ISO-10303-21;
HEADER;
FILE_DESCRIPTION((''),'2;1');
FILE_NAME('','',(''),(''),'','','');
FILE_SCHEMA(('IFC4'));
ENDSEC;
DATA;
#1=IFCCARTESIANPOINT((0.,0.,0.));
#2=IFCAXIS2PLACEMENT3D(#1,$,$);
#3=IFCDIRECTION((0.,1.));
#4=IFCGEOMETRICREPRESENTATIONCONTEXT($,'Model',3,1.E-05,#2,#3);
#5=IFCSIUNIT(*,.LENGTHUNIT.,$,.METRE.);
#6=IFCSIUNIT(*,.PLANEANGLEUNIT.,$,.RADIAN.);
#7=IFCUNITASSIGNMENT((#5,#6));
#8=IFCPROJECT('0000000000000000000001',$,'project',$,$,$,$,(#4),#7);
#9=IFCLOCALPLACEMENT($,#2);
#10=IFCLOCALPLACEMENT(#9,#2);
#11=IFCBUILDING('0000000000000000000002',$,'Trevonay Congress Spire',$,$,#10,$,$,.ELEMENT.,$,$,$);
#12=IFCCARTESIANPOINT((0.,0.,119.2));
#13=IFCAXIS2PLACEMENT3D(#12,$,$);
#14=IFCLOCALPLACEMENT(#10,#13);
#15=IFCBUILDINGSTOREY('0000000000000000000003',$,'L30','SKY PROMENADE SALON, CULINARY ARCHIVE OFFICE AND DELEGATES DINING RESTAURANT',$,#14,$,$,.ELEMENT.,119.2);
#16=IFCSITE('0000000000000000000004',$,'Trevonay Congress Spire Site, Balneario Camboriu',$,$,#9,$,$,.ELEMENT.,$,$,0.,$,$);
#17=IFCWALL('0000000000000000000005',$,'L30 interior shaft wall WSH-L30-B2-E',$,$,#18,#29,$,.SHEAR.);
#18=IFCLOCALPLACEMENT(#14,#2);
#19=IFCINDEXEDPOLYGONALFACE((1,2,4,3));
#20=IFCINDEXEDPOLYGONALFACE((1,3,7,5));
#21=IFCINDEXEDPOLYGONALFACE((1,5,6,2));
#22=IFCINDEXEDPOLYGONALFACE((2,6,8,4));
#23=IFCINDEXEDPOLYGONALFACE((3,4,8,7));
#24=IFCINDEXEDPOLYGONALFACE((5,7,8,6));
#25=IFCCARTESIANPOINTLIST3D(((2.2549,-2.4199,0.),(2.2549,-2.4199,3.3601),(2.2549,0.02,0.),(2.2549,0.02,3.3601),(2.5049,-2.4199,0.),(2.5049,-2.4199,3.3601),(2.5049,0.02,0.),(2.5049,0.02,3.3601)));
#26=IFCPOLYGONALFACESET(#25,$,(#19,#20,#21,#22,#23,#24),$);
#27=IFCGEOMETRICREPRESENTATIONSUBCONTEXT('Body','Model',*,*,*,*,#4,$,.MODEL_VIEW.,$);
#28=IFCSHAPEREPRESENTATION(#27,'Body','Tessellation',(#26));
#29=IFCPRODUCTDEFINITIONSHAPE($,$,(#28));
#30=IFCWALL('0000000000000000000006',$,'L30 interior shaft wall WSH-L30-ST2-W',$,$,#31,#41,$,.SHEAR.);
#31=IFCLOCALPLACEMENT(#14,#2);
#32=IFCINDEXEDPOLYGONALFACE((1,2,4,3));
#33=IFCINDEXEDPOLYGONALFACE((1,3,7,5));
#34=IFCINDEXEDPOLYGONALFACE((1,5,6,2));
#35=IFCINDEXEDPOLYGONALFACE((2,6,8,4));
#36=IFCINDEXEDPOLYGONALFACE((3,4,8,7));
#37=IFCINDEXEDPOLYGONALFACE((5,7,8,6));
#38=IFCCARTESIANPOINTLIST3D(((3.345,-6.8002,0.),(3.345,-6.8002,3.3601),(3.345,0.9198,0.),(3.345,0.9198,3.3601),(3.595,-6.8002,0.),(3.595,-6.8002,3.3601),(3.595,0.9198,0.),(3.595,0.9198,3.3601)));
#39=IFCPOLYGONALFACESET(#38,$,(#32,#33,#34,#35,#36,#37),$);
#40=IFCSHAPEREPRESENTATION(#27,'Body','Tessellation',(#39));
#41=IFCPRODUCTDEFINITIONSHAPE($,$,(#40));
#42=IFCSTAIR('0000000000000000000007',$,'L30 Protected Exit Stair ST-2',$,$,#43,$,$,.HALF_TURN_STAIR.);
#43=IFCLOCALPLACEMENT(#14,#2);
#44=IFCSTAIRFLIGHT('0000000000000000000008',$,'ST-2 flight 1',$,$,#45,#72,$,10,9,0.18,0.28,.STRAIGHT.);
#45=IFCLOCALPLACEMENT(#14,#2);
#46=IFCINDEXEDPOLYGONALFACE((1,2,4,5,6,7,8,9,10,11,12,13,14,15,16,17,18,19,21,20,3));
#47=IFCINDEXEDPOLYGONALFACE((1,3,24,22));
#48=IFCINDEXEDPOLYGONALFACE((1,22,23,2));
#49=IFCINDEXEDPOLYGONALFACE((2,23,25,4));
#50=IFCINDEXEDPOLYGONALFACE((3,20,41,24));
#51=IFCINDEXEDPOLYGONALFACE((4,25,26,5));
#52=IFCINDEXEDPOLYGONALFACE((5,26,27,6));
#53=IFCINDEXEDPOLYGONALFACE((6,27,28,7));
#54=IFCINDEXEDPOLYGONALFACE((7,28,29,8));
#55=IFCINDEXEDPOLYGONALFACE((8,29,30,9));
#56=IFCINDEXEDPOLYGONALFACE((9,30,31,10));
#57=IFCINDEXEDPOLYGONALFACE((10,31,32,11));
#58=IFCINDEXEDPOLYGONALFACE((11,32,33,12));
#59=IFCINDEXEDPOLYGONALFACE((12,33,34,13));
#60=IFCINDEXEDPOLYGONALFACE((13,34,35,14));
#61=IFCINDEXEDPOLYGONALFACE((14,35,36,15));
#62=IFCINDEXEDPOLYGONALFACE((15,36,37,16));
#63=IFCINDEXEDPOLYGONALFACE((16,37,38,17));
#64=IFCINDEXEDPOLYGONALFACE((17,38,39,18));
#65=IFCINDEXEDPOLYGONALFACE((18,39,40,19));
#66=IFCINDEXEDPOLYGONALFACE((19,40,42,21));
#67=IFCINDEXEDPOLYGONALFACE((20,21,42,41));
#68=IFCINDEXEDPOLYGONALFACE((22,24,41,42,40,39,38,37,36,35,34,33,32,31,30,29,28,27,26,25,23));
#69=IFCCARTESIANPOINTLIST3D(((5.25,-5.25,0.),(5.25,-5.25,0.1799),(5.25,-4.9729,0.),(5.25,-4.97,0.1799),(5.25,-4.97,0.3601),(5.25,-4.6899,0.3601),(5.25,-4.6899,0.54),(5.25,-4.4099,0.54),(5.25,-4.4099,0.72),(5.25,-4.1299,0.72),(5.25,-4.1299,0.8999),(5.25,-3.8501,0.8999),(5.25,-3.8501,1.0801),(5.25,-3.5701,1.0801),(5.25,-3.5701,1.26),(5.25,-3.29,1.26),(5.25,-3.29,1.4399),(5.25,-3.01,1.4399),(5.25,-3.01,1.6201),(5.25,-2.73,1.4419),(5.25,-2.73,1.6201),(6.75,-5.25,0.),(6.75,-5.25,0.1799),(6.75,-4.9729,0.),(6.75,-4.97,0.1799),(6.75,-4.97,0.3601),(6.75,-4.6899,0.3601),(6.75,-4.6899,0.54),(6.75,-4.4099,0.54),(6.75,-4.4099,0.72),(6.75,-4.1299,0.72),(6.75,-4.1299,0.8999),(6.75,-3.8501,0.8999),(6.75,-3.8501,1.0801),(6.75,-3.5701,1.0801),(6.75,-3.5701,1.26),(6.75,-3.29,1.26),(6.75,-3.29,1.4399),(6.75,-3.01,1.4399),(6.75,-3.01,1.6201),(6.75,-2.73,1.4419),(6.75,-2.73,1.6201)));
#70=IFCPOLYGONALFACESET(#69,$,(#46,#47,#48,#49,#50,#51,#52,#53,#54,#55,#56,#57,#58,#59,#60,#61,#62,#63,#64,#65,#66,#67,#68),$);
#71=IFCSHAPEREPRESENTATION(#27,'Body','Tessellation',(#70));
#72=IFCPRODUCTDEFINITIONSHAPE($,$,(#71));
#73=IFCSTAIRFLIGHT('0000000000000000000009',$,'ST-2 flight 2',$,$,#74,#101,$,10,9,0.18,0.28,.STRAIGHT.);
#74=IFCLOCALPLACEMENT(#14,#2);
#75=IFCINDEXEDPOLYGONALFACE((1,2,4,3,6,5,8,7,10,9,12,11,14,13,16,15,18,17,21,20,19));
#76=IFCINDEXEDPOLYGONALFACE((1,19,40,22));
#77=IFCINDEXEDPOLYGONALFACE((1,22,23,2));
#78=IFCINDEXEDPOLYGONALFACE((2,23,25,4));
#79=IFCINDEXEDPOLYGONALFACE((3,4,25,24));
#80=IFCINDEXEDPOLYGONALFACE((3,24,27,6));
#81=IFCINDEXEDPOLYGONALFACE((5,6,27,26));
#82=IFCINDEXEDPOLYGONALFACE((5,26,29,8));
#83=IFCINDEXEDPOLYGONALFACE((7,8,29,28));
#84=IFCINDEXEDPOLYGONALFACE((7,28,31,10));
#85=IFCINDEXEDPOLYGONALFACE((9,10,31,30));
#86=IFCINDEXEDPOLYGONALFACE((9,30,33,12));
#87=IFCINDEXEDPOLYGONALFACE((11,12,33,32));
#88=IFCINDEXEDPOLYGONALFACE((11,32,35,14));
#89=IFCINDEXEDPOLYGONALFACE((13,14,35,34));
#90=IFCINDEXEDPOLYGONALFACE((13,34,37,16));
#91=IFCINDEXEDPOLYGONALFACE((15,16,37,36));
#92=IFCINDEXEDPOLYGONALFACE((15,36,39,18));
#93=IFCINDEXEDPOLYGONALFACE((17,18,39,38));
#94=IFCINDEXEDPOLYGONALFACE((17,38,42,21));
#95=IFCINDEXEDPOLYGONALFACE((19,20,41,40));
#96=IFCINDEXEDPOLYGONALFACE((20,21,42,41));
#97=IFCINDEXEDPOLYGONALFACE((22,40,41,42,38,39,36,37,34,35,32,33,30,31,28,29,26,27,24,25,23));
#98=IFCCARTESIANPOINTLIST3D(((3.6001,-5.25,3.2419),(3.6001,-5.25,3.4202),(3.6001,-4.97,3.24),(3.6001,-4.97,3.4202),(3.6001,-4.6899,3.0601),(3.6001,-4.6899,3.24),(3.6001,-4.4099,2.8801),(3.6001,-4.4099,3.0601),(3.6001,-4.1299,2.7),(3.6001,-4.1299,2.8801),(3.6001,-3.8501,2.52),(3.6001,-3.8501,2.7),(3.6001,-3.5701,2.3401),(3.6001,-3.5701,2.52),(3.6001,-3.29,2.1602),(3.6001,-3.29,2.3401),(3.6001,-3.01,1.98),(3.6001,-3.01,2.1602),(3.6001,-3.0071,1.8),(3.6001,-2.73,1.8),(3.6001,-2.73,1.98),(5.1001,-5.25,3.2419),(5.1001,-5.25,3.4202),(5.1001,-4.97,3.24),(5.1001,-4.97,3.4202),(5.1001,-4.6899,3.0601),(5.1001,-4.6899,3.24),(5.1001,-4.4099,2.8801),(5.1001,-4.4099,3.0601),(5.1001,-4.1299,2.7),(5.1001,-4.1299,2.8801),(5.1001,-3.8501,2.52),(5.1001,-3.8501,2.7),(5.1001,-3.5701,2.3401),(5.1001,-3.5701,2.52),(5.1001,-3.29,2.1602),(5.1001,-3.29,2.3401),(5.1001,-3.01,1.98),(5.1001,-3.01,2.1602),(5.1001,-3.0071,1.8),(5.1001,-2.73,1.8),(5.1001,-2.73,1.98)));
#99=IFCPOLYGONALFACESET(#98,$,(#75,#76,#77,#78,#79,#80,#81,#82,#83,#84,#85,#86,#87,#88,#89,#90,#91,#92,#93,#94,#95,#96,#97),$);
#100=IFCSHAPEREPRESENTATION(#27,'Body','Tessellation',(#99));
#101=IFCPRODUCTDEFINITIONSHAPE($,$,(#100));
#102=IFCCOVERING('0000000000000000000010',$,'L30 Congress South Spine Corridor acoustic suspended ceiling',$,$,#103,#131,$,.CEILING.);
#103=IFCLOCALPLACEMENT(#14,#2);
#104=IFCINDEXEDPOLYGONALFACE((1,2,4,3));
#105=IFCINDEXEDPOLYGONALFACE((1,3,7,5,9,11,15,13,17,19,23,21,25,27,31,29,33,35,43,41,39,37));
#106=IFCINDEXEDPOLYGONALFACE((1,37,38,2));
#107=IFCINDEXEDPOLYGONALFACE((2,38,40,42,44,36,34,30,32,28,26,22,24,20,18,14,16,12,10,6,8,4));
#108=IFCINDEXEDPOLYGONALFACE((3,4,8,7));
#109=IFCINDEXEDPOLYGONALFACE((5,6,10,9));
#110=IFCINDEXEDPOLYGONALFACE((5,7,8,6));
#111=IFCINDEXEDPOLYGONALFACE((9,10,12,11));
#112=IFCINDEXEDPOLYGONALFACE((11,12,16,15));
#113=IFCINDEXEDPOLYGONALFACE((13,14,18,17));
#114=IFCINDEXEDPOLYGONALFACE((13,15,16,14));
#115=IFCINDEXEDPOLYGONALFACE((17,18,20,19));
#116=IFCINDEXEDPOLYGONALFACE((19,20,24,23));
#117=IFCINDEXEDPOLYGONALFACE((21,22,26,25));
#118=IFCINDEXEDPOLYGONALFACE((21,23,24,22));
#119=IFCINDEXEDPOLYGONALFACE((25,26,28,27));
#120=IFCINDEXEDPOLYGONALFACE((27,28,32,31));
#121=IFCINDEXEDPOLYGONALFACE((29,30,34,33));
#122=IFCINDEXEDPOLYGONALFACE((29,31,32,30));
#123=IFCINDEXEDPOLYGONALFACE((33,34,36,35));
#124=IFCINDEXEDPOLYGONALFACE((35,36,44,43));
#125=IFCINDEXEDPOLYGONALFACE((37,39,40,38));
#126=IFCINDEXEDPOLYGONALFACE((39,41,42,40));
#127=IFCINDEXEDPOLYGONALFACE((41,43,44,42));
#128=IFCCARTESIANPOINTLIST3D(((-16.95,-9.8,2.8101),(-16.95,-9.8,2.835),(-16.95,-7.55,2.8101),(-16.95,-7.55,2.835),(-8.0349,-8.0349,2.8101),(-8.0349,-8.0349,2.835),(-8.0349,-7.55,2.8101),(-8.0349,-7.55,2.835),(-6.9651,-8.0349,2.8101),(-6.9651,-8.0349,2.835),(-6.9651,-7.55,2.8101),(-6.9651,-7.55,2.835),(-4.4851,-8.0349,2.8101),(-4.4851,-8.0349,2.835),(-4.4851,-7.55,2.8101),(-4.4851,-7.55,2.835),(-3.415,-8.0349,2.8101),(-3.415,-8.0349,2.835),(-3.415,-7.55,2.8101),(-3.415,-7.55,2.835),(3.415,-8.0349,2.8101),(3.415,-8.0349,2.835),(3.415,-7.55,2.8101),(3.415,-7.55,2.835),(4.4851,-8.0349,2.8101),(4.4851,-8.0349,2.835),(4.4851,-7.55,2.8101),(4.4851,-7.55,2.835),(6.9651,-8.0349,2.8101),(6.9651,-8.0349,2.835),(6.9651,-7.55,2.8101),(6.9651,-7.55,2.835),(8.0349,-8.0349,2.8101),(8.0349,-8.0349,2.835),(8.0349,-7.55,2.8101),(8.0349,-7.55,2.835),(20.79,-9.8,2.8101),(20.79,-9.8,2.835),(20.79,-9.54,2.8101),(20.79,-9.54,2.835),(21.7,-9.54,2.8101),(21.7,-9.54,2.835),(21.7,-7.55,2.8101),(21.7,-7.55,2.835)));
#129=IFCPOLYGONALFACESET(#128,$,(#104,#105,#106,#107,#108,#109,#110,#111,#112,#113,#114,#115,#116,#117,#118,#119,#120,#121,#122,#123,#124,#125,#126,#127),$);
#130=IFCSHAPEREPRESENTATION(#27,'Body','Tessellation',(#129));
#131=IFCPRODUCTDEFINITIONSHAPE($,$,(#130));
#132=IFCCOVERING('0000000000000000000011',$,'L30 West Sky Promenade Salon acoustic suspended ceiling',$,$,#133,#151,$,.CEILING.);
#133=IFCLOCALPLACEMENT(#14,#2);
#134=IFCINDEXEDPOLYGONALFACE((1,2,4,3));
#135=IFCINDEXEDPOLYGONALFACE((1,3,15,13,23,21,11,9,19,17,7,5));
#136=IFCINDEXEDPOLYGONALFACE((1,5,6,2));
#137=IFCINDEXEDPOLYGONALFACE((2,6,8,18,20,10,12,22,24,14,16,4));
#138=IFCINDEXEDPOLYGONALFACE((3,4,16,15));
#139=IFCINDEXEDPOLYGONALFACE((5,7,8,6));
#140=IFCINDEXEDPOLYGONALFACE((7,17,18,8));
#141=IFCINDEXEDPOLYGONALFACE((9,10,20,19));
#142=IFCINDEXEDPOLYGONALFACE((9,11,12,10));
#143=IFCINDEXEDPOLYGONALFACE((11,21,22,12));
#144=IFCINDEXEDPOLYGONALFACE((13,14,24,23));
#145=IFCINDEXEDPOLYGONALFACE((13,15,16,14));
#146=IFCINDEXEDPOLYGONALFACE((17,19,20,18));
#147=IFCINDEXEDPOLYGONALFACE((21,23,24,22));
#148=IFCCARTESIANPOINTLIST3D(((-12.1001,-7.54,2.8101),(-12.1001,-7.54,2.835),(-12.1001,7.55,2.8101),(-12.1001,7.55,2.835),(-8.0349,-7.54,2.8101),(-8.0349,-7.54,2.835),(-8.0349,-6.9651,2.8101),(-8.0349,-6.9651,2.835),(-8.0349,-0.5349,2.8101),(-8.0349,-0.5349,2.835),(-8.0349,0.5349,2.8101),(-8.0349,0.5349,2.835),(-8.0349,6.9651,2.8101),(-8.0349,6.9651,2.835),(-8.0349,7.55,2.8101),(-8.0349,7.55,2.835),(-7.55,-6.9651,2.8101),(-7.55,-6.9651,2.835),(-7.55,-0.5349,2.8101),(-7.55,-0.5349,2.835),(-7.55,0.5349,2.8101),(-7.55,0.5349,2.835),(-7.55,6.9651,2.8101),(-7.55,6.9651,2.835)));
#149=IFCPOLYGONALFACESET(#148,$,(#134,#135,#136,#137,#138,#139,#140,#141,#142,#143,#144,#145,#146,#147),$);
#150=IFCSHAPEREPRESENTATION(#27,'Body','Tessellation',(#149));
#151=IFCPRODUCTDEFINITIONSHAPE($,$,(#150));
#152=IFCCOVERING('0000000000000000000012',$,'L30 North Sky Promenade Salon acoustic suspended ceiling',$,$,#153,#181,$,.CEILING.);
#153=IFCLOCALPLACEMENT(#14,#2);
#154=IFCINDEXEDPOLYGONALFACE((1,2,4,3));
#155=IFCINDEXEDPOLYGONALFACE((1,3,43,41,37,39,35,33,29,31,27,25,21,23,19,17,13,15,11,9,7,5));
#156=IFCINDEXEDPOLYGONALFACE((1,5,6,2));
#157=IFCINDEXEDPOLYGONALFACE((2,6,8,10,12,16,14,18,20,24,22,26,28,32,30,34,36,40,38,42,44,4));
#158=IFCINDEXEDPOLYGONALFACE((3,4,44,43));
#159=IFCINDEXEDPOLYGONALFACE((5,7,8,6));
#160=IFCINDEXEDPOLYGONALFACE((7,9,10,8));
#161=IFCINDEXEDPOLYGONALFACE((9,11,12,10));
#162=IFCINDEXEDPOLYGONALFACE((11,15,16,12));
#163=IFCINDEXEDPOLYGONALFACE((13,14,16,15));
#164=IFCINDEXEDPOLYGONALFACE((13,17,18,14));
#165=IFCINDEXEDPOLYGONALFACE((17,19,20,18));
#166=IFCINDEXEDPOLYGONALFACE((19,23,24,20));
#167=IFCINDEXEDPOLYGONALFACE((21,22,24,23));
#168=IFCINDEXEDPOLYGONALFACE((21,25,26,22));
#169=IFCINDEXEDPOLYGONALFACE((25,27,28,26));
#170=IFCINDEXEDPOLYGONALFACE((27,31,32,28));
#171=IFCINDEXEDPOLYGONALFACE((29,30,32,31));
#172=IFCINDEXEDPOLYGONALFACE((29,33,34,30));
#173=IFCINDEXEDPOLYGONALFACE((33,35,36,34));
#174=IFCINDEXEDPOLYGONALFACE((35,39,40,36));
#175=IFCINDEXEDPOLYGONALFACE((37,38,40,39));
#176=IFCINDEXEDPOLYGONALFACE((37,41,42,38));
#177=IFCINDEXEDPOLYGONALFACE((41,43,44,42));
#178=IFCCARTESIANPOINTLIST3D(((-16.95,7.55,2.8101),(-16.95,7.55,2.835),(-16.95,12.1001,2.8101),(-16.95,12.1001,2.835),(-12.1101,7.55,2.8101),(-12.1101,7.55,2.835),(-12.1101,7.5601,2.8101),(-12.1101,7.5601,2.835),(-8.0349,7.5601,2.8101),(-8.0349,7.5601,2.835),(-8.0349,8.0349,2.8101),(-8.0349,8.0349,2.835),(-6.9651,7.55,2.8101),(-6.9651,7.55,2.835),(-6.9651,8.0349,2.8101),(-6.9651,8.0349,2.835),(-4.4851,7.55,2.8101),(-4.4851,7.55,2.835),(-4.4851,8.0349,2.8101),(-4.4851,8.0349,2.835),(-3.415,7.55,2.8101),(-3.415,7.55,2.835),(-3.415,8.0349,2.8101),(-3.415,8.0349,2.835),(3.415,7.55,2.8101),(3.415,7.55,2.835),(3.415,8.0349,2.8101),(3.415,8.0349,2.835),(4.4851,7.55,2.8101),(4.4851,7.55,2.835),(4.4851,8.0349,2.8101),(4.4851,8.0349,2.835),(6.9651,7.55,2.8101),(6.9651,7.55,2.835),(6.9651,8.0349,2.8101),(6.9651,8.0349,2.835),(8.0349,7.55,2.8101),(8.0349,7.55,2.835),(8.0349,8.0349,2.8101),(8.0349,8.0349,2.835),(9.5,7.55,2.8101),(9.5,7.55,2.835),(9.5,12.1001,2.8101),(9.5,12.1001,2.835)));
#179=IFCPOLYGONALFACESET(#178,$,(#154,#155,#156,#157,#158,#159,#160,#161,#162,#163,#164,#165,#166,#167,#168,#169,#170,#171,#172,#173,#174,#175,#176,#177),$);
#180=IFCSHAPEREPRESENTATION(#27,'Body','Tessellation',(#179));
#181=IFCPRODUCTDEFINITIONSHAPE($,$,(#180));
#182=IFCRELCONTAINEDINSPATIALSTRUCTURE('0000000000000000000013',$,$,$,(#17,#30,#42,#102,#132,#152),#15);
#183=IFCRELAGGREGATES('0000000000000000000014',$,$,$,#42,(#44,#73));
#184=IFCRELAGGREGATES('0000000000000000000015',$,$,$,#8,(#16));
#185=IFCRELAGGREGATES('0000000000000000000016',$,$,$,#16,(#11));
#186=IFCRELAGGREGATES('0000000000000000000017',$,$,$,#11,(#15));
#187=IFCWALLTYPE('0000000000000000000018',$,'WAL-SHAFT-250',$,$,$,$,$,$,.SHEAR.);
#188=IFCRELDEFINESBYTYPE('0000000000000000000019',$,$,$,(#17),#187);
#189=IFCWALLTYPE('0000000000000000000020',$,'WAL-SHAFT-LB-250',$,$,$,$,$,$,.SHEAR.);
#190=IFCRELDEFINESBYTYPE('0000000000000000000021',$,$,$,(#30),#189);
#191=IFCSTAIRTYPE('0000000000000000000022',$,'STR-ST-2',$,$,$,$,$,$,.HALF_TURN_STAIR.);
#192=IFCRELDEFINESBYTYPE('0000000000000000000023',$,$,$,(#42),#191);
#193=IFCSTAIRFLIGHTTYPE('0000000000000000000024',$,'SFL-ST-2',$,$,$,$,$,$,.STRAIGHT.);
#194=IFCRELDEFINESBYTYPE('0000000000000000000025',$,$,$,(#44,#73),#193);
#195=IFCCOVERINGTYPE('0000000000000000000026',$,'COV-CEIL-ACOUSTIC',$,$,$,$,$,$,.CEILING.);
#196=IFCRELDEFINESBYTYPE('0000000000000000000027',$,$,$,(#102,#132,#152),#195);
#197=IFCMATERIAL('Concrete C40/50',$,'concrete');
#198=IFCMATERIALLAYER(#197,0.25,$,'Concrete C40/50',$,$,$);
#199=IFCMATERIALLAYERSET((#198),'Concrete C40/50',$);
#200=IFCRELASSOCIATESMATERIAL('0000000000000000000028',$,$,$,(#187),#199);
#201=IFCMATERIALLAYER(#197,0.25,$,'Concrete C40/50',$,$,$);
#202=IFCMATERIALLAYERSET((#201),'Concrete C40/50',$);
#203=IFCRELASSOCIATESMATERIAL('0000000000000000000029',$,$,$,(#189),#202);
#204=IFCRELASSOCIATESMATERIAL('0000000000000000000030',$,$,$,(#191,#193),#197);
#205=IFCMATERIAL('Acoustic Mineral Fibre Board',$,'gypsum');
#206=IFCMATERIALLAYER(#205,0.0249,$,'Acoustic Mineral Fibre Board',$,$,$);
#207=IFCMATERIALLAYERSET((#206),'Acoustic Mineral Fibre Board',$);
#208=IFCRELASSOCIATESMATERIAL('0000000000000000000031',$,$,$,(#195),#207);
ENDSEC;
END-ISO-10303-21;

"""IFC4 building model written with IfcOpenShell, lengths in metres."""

from ifc_helpers import new_model, si_unit, direction, frame, frame_2d, origin, place, context, subcontext, project, spatial, polyline, rectangle, outline, extrude, material, layer, layer_set, type_object, element, aggregate, save


model = new_model("IFC4")

# Units and contexts
model_context = context("Model", 3, precision=1e-05, world=origin(), true_north=direction((0.0, 1.0)))
body_context = subcontext(model_context, "Body", "Model", "MODEL_VIEW")
ifc_project = project(units=[si_unit("LENGTHUNIT", "METRE"), si_unit("PLANEANGLEUNIT", "RADIAN")], contexts=[model_context])

# Site, building, storey
site_placement = place(None, origin())
site = spatial("IfcSite", under=ifc_project, at=site_placement, Name="Trevonay Congress Spire Site, Balneario Camboriu", CompositionType="ELEMENT", RefElevation=0.0)
building_placement = place(site_placement, origin())
building = spatial("IfcBuilding", under=site, at=building_placement, Name="Trevonay Congress Spire", CompositionType="ELEMENT")
storey_placement = place(building_placement, frame((0.0, 0.0, 119.2)))
storey = spatial("IfcBuildingStorey", under=building, at=storey_placement, Name="L30", Description="SKY PROMENADE SALON, CULINARY ARCHIVE OFFICE AND DELEGATES DINING RESTAURANT", CompositionType="ELEMENT", Elevation=119.2)

# Walls
ifc_material_1 = material(Name="Concrete C40/50", Category="concrete")
ifc_layer_1 = layer(ifc_material_1, 0.25, Name="Concrete C40/50")
ifc_layer_set_1 = layer_set([ifc_layer_1], Name="Concrete C40/50")
wall_type_1 = type_object("IfcWallType", Name="WAL-SHAFT-250", PredefinedType="SHEAR", material=ifc_layer_set_1)
wall_1_placement = place(storey_placement, frame((2.3799, -2.4199, 0.0), z_axis=(0.0, 0.0, 1.0), x_axis=(0.0, 1.0, 0.0)))
element("IfcWall", 1, at=wall_1_placement, inside=storey, type_object=wall_type_1, Name="L30 interior shaft wall WSH-L30-B2-E", PredefinedType="SHEAR", context=body_context, shape_type="SweptSolid", body=[
    extrude(rectangle(XDim=2.4399, YDim=0.25, at=frame_2d((1.22, 0.0))), origin(), (0.0, 0.0, 1.0), 3.3601),
])
ifc_layer_2 = layer(ifc_material_1, 0.25, Name="Concrete C40/50")
ifc_layer_set_2 = layer_set([ifc_layer_2], Name="Concrete C40/50")
wall_type_2 = type_object("IfcWallType", Name="WAL-SHAFT-LB-250", PredefinedType="SHEAR", material=ifc_layer_set_2)
wall_2_placement = place(storey_placement, frame((3.47, -6.8, 0.0), z_axis=(0.0, 0.0, 1.0), x_axis=(0.0, 1.0, 0.0)))
element("IfcWall", 2, at=wall_2_placement, inside=storey, type_object=wall_type_2, Name="L30 interior shaft wall WSH-L30-ST2-W", PredefinedType="SHEAR", context=body_context, shape_type="SweptSolid", body=[
    extrude(rectangle(XDim=7.72, YDim=0.25, at=frame_2d((3.8599, 0.0))), origin(), (0.0, 0.0, 1.0), 3.3601),
])

# Stair, stair flights
stair_type = type_object("IfcStairType", Name="STR-ST-2", PredefinedType="HALF_TURN_STAIR", material=ifc_material_1)
stair_placement = place(storey_placement, origin())
stair = element("IfcStair", 3, at=stair_placement, inside=storey, type_object=stair_type, Name="L30 Protected Exit Stair ST-2", PredefinedType="HALF_TURN_STAIR")
stair_flight_type = type_object("IfcStairFlightType", Name="SFL-ST-2", PredefinedType="STRAIGHT", material=ifc_material_1)
stair_flight_1_placement = place(storey_placement, frame((6.0, -5.25, 0.0), z_axis=(0.0, 0.0, 1.0), x_axis=(0.0, 1.0, 0.0)))
stair_flight_1 = element("IfcStairFlight", 4, at=stair_flight_1_placement, type_object=stair_flight_type, Name="ST-2 flight 1", NumberOfRisers=10, NumberOfTreads=9, PredefinedType="STRAIGHT", RiserHeight=0.18, TreadLength=0.28, context=body_context, shape_type="SweptSolid", body=[
    extrude(outline(polyline([(0.0, 0.0), (0.0, 0.1799), (0.28, 0.1799), (0.28, 0.3601), (0.5601, 0.3601), (0.5601, 0.54), (0.8401, 0.54), (0.8401, 0.72), (1.1201, 0.72), (1.1201, 0.8999), (1.3999, 0.8999), (1.3999, 1.0801), (1.6799, 1.0801), (1.6799, 1.26), (1.96, 1.26), (1.96, 1.4399), (2.24, 1.4399), (2.24, 1.6201), (2.52, 1.6201), (2.52, 1.8), (2.52, 1.4419), (0.2771, 0.0), (0.0, 0.0)])), frame((0.0, 0.75, 0.0), z_axis=(0.0, -1.0, 0.0), x_axis=(1.0, 0.0, 0.0)), (0.0, 0.0, 1.0), 1.5),
])
stair_flight_2_placement = place(storey_placement, frame((4.3501, -2.73, 1.8), z_axis=(0.0, 0.0, 1.0), x_axis=(0.0, -1.0, 0.0)))
stair_flight_2 = element("IfcStairFlight", 5, at=stair_flight_2_placement, type_object=stair_flight_type, Name="ST-2 flight 2", NumberOfRisers=10, NumberOfTreads=9, PredefinedType="STRAIGHT", RiserHeight=0.18, TreadLength=0.28, context=body_context, shape_type="SweptSolid", body=[
    extrude(outline(polyline([(0.0, 0.0), (0.0, 0.1799), (0.28, 0.1799), (0.28, 0.3601), (0.5601, 0.3601), (0.5601, 0.54), (0.8401, 0.54), (0.8401, 0.72), (1.1201, 0.72), (1.1201, 0.8999), (1.3999, 0.8999), (1.3999, 1.0801), (1.6799, 1.0801), (1.6799, 1.26), (1.96, 1.26), (1.96, 1.4399), (2.24, 1.4399), (2.24, 1.6201), (2.52, 1.6201), (2.52, 1.8), (2.52, 1.4419), (0.2771, 0.0), (0.0, 0.0)])), frame((0.0, 0.75, 0.0), z_axis=(0.0, -1.0, 0.0), x_axis=(1.0, 0.0, 0.0)), (0.0, 0.0, 1.0), 1.5),
])
aggregate(stair, [stair_flight_1, stair_flight_2])

# Coverings
ifc_material_2 = material(Name="Acoustic Mineral Fibre Board", Category="gypsum")
ifc_layer_3 = layer(ifc_material_2, 0.0249, Name="Acoustic Mineral Fibre Board")
ifc_layer_set_3 = layer_set([ifc_layer_3], Name="Acoustic Mineral Fibre Board")
covering_type_1 = type_object("IfcCoveringType", Name="COV-CEIL-ACOUSTIC", PredefinedType="CEILING", material=ifc_layer_set_3)
covering_1_placement = place(storey_placement, frame((0.0, 0.0, 2.8101)))
element("IfcCovering", 6, at=covering_1_placement, inside=storey, type_object=covering_type_1, Name="L30 Congress South Spine Corridor acoustic suspended ceiling", PredefinedType="CEILING", context=body_context, shape_type="SweptSolid", body=[
    extrude(outline(polyline([(-16.95, -9.8), (-16.95, -7.55), (-8.0349, -7.55), (-8.0349, -8.0349), (-6.9651, -8.0349), (-6.9651, -7.55), (-4.4851, -7.55), (-4.4851, -8.0349), (-3.415, -8.0349), (-3.415, -7.55), (3.415, -7.55), (3.415, -8.0349), (4.4851, -8.0349), (4.4851, -7.55), (6.9651, -7.55), (6.9651, -8.0349), (8.0349, -8.0349), (8.0349, -7.55), (21.7, -7.55), (21.7, -9.54), (20.79, -9.54), (20.79, -9.8), (-16.95, -9.8)])), origin(), (0.0, 0.0, 1.0), 0.0249),
])
covering_2_placement = place(storey_placement, frame((0.0, 0.0, 2.8101)))
element("IfcCovering", 7, at=covering_2_placement, inside=storey, type_object=covering_type_1, Name="L30 West Sky Promenade Salon acoustic suspended ceiling", PredefinedType="CEILING", context=body_context, shape_type="SweptSolid", body=[
    extrude(outline(polyline([(-12.1001, 7.55), (-8.0349, 7.55), (-8.0349, 6.9651), (-7.55, 6.9651), (-7.55, 0.5349), (-8.0349, 0.5349), (-8.0349, -0.5349), (-7.55, -0.5349), (-7.55, -6.9651), (-8.0349, -6.9651), (-8.0349, -7.54), (-12.1001, -7.54), (-12.1001, 7.55)])), origin(), (0.0, 0.0, 1.0), 0.0249),
])
covering_3_placement = place(storey_placement, frame((0.0, 0.0, 2.8101)))
element("IfcCovering", 8, at=covering_3_placement, inside=storey, type_object=covering_type_1, Name="L30 North Sky Promenade Salon acoustic suspended ceiling", PredefinedType="CEILING", context=body_context, shape_type="SweptSolid", body=[
    extrude(outline(polyline([(-16.95, 12.1001), (9.5, 12.1001), (9.5, 7.55), (8.0349, 7.55), (8.0349, 8.0349), (6.9651, 8.0349), (6.9651, 7.55), (4.4851, 7.55), (4.4851, 8.0349), (3.415, 8.0349), (3.415, 7.55), (-3.415, 7.55), (-3.415, 8.0349), (-4.4851, 8.0349), (-4.4851, 7.55), (-6.9651, 7.55), (-6.9651, 8.0349), (-8.0349, 8.0349), (-8.0349, 7.5601), (-12.1101, 7.5601), (-12.1101, 7.55), (-16.95, 7.55), (-16.95, 12.1001)])), origin(), (0.0, 0.0, 1.0), 0.0249),
])

save(model, "model.ifc")
